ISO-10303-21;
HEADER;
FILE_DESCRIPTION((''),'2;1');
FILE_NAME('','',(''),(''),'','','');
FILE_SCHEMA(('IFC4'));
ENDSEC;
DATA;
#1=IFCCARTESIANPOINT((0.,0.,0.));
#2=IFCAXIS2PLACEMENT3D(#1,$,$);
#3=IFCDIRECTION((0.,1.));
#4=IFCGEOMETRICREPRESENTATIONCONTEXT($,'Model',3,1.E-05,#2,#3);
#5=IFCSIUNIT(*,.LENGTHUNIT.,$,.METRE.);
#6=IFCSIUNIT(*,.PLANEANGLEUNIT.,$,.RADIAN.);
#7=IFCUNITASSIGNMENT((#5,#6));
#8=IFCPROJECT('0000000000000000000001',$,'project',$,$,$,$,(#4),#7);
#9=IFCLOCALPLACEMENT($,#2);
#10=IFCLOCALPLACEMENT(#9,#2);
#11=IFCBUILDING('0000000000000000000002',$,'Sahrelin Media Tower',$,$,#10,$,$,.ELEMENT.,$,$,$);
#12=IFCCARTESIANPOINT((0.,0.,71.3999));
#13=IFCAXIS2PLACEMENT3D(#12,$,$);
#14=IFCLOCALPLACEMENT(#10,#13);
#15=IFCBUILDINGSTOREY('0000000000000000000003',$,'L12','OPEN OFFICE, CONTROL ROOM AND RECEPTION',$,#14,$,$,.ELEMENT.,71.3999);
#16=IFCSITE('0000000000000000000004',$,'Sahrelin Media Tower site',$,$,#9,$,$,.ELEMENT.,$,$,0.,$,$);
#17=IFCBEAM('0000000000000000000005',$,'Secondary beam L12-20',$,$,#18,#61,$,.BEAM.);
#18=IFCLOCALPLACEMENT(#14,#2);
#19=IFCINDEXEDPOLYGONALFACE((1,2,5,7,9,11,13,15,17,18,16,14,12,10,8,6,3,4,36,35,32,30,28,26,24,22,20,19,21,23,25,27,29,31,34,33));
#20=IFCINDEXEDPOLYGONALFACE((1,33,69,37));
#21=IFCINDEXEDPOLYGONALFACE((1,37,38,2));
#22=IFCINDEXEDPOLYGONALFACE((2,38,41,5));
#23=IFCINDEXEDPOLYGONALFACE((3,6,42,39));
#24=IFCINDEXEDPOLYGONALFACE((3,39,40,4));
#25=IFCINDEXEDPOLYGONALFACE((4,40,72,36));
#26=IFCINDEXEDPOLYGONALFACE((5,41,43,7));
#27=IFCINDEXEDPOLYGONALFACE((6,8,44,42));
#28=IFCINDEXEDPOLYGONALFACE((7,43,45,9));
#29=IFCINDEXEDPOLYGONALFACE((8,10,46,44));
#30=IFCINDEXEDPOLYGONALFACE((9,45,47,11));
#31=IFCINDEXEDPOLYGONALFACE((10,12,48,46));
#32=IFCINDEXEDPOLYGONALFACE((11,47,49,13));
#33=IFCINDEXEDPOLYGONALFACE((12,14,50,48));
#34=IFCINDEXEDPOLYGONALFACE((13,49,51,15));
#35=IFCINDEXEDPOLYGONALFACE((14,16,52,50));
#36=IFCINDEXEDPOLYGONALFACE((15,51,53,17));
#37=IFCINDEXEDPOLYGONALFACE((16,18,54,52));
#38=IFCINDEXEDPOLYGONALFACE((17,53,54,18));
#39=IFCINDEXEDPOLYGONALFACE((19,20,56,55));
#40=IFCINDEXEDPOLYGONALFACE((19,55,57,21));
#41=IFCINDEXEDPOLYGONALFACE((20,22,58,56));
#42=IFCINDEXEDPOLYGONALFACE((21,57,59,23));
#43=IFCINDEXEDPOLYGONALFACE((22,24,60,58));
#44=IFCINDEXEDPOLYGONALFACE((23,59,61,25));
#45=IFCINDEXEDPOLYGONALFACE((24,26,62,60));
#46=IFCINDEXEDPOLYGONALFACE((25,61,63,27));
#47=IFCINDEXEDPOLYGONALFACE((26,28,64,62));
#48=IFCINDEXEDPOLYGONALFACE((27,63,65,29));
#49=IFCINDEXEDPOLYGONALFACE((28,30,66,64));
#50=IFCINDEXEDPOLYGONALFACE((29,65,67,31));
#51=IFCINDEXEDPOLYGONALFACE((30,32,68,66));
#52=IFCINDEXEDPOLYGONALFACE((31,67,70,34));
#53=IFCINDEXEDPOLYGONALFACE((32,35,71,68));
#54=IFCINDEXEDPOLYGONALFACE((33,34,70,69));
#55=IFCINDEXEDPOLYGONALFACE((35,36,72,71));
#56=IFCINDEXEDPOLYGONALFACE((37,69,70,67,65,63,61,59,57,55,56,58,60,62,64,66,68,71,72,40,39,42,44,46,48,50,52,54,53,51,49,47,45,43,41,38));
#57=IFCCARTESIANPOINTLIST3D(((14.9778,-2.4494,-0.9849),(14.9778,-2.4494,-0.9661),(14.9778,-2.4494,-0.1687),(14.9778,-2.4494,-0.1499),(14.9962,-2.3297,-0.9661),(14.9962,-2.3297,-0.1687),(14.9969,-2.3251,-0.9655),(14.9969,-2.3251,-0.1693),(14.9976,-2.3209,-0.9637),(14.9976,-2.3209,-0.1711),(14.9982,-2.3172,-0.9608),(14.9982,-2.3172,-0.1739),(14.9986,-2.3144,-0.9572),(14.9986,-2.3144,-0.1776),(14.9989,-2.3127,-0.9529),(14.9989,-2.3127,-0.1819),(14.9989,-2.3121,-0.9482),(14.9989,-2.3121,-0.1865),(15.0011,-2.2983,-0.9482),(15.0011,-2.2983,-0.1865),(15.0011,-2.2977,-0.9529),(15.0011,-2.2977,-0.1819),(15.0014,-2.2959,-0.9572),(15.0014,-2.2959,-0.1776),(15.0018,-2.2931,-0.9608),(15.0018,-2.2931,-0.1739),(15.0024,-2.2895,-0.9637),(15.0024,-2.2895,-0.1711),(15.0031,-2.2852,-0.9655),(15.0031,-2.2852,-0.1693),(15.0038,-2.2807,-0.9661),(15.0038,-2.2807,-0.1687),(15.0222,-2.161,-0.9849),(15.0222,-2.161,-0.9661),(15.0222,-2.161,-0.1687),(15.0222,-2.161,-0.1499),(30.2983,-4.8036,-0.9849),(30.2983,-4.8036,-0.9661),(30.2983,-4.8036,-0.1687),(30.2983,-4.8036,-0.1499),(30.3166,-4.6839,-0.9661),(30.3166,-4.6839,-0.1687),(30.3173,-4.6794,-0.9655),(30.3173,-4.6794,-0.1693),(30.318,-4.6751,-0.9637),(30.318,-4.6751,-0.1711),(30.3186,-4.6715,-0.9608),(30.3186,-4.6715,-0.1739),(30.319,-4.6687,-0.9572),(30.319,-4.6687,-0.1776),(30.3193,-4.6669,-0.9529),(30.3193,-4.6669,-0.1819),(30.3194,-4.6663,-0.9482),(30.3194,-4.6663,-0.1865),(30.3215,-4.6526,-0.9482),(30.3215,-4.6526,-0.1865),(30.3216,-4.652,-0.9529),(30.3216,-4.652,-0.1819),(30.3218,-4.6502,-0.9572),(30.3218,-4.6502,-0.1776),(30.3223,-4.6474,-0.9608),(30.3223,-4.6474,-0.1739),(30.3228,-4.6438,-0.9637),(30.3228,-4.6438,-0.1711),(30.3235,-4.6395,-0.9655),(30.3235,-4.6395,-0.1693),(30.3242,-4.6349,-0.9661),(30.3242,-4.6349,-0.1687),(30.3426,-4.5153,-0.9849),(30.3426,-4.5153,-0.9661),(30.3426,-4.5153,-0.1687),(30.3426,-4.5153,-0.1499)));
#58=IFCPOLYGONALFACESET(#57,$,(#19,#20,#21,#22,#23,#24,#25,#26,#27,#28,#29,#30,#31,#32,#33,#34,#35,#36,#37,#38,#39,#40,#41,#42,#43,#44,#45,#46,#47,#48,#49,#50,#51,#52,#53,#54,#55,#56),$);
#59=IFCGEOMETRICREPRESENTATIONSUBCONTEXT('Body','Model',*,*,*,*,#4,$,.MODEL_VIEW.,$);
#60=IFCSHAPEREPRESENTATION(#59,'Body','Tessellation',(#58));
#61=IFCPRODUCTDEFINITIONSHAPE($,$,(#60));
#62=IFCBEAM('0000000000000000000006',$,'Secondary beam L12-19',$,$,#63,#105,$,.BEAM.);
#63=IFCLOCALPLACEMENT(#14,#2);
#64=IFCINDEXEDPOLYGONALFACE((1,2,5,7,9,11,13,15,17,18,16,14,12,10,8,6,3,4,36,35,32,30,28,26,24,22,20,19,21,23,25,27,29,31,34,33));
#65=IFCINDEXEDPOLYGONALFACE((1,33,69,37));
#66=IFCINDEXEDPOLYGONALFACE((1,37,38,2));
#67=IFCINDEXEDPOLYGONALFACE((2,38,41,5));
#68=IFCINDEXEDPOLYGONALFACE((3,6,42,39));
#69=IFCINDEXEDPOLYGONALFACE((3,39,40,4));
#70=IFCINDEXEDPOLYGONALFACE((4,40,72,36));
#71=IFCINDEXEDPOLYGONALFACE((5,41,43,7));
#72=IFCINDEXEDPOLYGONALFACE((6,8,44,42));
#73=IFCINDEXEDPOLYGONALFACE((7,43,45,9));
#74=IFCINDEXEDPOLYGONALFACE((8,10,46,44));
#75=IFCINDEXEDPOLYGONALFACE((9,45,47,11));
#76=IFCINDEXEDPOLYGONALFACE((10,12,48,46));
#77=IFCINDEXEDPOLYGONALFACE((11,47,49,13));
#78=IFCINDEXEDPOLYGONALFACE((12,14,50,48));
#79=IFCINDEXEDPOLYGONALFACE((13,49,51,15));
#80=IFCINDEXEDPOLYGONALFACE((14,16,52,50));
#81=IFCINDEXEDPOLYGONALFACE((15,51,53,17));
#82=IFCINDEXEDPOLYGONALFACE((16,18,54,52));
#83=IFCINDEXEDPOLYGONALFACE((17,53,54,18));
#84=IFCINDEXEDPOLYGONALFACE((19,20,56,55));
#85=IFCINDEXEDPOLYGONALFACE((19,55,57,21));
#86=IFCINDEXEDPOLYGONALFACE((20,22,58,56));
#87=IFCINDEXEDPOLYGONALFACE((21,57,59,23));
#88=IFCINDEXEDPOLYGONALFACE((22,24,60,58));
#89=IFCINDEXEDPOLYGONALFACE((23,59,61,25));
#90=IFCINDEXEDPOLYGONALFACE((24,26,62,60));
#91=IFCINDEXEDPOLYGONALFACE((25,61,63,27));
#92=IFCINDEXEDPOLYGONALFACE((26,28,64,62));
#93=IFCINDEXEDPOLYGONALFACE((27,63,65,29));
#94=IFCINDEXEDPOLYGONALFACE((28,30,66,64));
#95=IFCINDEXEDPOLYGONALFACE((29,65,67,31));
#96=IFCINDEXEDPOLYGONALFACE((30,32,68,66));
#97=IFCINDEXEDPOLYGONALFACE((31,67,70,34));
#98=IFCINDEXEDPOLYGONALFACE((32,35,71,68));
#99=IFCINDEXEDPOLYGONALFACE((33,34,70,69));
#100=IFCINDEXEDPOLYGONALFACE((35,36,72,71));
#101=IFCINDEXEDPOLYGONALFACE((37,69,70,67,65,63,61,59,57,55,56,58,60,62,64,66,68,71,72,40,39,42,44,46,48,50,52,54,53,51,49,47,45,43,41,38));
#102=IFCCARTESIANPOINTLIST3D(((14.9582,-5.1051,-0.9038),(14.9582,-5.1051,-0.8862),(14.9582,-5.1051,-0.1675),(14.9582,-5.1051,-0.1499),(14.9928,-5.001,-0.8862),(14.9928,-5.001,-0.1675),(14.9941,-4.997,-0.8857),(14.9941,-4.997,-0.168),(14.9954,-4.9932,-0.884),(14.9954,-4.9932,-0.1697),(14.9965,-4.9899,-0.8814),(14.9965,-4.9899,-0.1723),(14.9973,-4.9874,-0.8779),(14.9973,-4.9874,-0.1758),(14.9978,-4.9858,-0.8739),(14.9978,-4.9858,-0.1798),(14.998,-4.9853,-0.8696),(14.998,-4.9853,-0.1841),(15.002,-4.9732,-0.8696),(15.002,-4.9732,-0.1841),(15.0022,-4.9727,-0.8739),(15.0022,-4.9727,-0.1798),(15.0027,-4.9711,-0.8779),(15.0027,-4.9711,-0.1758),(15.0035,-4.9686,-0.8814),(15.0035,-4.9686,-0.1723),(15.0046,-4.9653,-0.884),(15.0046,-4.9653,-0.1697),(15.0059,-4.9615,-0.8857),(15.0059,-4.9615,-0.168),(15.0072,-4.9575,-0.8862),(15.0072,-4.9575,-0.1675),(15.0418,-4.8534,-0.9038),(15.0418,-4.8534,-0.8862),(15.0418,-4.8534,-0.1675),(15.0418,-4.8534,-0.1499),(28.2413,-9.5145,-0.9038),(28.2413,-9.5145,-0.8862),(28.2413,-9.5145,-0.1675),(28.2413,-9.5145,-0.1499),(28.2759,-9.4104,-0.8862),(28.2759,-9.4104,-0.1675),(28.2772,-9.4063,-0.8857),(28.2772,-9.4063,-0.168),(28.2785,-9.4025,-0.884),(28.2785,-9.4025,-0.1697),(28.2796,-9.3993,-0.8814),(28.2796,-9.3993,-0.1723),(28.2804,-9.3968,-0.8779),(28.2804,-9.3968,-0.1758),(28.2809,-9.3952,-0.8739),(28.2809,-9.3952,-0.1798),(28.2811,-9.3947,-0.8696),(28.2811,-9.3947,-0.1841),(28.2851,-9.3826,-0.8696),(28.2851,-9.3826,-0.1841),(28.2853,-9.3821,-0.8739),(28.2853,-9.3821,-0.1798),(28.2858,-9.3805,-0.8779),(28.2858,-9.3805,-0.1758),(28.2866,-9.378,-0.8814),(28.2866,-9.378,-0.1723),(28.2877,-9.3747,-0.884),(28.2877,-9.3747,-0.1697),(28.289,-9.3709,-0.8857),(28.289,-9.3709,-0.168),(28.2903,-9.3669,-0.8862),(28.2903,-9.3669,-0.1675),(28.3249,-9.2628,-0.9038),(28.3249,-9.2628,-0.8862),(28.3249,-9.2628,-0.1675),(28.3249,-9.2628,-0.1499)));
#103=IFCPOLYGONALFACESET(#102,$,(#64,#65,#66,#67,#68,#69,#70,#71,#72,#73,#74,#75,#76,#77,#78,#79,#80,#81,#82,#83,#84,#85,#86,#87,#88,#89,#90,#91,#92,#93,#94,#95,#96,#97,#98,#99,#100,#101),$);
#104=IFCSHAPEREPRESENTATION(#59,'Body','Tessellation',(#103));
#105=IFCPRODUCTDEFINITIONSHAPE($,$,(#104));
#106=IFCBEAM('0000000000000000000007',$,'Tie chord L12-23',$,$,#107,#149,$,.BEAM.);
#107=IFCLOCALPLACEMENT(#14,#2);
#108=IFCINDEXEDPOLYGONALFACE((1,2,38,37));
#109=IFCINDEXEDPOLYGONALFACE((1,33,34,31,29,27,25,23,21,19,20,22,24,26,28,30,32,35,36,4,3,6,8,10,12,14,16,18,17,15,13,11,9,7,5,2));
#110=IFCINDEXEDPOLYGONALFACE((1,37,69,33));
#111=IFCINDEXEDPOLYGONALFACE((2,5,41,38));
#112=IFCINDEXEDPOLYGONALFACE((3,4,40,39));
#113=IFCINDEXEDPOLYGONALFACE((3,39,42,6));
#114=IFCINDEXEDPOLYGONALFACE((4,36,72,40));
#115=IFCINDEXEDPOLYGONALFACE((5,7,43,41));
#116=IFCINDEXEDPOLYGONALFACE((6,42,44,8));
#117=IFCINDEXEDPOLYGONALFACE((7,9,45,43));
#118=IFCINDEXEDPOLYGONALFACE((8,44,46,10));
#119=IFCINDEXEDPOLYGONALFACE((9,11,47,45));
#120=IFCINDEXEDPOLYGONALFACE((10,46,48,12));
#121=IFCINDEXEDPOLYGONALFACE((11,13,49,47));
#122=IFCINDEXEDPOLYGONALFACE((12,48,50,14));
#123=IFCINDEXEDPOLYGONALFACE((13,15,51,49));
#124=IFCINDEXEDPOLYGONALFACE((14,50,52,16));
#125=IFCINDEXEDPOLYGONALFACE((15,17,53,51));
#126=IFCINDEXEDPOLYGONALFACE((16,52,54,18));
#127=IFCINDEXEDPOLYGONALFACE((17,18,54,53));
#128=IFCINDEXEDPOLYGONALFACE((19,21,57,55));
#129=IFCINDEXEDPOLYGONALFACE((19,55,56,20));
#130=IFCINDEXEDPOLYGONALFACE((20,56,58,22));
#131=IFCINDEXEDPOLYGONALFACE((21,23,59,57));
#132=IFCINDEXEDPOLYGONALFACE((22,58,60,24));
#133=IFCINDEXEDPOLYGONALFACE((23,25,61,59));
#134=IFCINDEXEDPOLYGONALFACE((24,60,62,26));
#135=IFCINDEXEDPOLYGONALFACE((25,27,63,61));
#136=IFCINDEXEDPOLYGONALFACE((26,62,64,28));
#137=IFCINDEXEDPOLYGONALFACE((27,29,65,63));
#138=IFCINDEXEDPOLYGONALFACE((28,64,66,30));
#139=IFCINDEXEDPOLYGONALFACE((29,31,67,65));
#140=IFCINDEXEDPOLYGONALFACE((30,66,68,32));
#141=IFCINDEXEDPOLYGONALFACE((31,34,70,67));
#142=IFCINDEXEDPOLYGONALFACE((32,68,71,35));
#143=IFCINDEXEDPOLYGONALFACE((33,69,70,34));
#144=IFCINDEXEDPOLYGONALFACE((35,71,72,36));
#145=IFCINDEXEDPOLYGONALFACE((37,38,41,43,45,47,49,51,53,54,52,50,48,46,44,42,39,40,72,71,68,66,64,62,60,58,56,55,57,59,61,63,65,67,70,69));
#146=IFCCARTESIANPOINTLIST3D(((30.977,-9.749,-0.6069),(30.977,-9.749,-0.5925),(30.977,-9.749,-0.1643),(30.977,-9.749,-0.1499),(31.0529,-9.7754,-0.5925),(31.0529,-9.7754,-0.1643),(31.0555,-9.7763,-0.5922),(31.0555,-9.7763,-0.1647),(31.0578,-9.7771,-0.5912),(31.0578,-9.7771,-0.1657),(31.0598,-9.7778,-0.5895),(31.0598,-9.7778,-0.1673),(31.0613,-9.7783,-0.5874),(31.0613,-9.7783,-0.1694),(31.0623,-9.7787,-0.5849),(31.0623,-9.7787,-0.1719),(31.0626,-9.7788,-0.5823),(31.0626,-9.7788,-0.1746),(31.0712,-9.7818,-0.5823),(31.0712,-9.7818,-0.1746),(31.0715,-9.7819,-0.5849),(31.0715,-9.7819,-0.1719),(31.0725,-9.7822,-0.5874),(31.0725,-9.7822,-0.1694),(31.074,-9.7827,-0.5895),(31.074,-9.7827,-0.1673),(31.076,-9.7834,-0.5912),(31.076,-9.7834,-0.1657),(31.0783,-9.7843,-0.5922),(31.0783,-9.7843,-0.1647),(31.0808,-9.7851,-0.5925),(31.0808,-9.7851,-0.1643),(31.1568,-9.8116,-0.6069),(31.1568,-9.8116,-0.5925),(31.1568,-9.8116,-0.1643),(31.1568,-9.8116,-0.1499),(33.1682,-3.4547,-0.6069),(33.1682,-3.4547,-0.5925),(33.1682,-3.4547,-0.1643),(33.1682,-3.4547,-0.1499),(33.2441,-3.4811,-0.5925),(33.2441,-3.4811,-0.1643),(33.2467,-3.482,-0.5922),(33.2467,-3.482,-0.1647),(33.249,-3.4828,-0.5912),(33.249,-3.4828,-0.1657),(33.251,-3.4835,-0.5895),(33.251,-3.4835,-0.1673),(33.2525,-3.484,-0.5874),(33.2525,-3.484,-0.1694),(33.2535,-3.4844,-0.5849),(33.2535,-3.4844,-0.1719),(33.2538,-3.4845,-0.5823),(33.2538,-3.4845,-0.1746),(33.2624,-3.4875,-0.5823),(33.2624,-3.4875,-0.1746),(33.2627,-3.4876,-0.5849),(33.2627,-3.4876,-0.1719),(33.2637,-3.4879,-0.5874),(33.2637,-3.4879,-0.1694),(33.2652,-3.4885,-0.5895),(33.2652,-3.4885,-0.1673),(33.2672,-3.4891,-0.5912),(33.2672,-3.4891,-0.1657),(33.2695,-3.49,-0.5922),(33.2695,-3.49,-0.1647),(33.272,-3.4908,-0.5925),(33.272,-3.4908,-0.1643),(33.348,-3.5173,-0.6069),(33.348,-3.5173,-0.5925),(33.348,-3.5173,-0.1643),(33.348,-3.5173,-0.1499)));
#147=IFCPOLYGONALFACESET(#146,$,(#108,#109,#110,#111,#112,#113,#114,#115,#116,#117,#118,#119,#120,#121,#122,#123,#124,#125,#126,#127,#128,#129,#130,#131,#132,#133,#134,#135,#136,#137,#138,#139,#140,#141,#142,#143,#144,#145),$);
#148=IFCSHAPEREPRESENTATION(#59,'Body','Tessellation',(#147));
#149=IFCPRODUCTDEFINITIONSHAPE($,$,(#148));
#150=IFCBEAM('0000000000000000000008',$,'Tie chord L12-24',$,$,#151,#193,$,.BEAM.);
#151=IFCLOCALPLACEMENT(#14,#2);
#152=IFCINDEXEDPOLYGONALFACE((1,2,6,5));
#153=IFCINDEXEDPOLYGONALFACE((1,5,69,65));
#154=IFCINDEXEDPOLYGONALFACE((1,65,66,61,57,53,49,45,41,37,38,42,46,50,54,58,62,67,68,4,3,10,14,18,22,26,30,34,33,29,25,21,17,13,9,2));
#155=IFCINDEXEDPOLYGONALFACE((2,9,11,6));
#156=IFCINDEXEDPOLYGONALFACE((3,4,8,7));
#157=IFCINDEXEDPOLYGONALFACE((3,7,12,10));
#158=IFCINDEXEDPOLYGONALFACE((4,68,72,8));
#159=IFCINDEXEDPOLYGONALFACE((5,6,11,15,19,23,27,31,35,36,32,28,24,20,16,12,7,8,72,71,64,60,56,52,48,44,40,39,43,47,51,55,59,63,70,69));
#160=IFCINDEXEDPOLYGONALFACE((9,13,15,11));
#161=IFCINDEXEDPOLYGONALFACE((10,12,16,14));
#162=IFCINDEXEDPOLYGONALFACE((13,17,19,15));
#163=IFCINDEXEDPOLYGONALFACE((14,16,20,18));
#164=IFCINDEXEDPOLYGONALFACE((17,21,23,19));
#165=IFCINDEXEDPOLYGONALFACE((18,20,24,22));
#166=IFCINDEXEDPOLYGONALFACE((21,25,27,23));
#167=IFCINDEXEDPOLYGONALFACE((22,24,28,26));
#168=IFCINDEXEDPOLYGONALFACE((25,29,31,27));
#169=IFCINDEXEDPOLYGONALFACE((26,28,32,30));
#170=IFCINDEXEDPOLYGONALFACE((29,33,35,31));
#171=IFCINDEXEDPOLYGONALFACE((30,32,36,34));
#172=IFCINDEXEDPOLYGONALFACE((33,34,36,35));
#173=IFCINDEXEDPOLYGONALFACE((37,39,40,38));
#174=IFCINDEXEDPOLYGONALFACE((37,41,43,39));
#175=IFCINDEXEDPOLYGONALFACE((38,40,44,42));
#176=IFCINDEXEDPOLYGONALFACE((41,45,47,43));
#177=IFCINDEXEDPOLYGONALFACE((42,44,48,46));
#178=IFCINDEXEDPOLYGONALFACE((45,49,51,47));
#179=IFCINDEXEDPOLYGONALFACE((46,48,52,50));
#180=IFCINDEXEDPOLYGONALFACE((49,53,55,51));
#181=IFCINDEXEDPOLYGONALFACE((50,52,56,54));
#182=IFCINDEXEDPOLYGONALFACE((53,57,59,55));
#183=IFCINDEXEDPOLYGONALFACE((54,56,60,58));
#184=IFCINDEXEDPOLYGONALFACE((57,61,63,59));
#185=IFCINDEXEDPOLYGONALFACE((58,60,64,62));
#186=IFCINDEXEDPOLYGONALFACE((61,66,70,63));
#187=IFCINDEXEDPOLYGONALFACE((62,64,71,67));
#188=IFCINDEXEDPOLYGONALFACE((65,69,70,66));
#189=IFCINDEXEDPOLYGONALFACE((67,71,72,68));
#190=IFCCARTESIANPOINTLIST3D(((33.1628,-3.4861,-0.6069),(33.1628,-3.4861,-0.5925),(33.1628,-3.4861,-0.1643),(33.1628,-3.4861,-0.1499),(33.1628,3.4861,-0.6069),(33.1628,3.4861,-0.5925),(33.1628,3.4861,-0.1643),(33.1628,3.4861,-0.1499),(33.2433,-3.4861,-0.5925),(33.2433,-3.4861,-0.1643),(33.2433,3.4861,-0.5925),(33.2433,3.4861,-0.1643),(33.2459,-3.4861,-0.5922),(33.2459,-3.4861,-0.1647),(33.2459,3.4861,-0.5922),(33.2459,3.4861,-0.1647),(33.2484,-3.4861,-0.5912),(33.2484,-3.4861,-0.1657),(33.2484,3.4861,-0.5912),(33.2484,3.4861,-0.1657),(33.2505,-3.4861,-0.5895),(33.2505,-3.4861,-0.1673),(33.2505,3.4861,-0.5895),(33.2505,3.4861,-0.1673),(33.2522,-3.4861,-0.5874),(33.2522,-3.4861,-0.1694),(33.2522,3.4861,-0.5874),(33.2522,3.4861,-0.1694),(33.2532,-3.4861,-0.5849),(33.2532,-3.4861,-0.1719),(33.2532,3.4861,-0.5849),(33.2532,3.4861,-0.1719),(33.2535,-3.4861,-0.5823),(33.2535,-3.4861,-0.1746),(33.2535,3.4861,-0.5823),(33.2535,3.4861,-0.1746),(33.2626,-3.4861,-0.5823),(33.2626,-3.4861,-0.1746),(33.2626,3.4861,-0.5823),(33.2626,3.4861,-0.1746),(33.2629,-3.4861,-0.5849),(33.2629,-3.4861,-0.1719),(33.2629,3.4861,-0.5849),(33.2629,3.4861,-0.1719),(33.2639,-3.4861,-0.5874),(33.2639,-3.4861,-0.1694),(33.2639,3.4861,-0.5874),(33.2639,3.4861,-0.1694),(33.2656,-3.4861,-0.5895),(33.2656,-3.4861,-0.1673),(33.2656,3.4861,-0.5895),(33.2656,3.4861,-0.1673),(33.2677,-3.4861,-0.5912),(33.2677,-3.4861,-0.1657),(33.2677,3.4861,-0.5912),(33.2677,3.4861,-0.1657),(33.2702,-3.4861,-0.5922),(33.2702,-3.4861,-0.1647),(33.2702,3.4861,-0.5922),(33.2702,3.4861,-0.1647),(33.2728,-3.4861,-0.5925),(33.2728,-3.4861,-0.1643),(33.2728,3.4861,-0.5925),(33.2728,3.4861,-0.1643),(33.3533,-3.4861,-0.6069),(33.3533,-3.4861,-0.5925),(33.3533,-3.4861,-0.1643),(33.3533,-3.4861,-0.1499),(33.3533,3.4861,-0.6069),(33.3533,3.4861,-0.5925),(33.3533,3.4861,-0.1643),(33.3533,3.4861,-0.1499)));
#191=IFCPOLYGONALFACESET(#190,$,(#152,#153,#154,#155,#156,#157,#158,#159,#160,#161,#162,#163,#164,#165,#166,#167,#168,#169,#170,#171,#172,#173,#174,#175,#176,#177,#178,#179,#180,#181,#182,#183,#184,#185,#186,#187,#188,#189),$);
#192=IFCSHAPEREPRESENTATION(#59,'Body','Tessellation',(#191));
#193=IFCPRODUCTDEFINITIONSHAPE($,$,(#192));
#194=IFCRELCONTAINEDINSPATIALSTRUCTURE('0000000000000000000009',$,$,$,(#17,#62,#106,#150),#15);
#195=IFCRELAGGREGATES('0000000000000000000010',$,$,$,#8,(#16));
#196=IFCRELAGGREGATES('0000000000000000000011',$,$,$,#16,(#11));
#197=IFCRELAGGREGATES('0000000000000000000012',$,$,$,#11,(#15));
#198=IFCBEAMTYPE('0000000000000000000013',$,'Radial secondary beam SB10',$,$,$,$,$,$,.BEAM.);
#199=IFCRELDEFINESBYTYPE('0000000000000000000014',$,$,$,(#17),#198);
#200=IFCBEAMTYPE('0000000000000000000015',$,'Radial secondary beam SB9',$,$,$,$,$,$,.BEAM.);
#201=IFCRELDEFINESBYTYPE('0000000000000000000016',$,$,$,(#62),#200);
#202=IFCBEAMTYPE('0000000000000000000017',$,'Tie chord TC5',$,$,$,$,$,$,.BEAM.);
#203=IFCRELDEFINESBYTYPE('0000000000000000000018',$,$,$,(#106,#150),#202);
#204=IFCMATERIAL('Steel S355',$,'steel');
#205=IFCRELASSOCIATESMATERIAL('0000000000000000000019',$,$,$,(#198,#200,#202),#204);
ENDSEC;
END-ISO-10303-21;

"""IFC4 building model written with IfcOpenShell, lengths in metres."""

from ifc_helpers import new_model, si_unit, direction, frame, origin, origin_2d, place, context, subcontext, project, spatial, i_section, extrude, material, material_profile, profile_set, type_object, element, save


model = new_model("IFC4")

# Units and contexts
model_context = context("Model", 3, precision=1e-05, world=origin(), true_north=direction((0.0, 1.0)))
body_context = subcontext(model_context, "Body", "Model", "MODEL_VIEW")
ifc_project = project(units=[si_unit("LENGTHUNIT", "METRE"), si_unit("PLANEANGLEUNIT", "RADIAN")], contexts=[model_context])

# Site, building, storey
site_placement = place(None, origin())
site = spatial("IfcSite", under=ifc_project, at=site_placement, Name="Sahrelin Media Tower site", CompositionType="ELEMENT", RefElevation=0.0)
building_placement = place(site_placement, origin())
building = spatial("IfcBuilding", under=site, at=building_placement, Name="Sahrelin Media Tower", CompositionType="ELEMENT")
storey_placement = place(building_placement, frame((0.0, 0.0, 71.3999)))
storey = spatial("IfcBuildingStorey", under=building, at=storey_placement, Name="L12", Description="OPEN OFFICE, CONTROL ROOM AND RECEPTION", CompositionType="ELEMENT", Elevation=71.3999)

# Shared definitions
ifc_material_1 = material(Name="Steel S355", Category="steel")

# Beams
ifc_material_profile_1 = material_profile(ifc_material_1, i_section(OverallWidth=0.2917, OverallDepth=0.835, WebThickness=0.0139, FlangeThickness=0.0188, FilletRadius=0.0178, at=origin_2d()), Name="UB 838x292x176")
ifc_profile_set_1 = profile_set([ifc_material_profile_1], Name="Steel S355")
beam_type_1 = type_object("IfcBeamType", Name="Radial secondary beam SB10", PredefinedType="BEAM", material=ifc_profile_set_1)
beam_1_placement = place(storey_placement, frame((15.0, -2.3052, -0.5674), z_axis=(0.988398, -0.151886, 0.0), x_axis=(0.151886, 0.988398, 0.0)))
element("IfcBeam", 1, at=beam_1_placement, inside=storey, type_object=beam_type_1, Name="Secondary beam L12-20", PredefinedType="BEAM", context=body_context, shape_type="SweptSolid", body=[
    extrude(i_section(OverallWidth=0.2917, OverallDepth=0.835, WebThickness=0.0139, FlangeThickness=0.0188, FilletRadius=0.0178, at=origin_2d()), origin(), (0.0, 0.0, 1.0), 15.5002),
])
ifc_material_profile_2 = material_profile(ifc_material_1, i_section(OverallWidth=0.2651, OverallDepth=0.7539, WebThickness=0.0127, FlangeThickness=0.0176, FilletRadius=0.0166, at=origin_2d()), Name="UB 762x267x147")
ifc_profile_set_2 = profile_set([ifc_material_profile_2], Name="Steel S355")
beam_type_2 = type_object("IfcBeamType", Name="Radial secondary beam SB9", PredefinedType="BEAM", material=ifc_profile_set_2)
beam_2_placement = place(storey_placement, frame((15.0, -4.9792, -0.5269), z_axis=(0.949075, -0.31505, 0.0), x_axis=(0.31505, 0.949075, 0.0)))
element("IfcBeam", 2, at=beam_2_placement, inside=storey, type_object=beam_type_2, Name="Secondary beam L12-19", PredefinedType="BEAM", context=body_context, shape_type="SweptSolid", body=[
    extrude(i_section(OverallWidth=0.2651, OverallDepth=0.7539, WebThickness=0.0127, FlangeThickness=0.0176, FilletRadius=0.0166, at=origin_2d()), origin(), (0.0, 0.0, 1.0), 13.9958),
])
ifc_material_profile_3 = material_profile(ifc_material_1, i_section(OverallWidth=0.1904, OverallDepth=0.457, WebThickness=0.009, FlangeThickness=0.0144, FilletRadius=0.0103, at=origin_2d()), Name="UB 457x191x74")
ifc_profile_set_3 = profile_set([ifc_material_profile_3], Name="Steel S355")
beam_type_3 = type_object("IfcBeamType", Name="Tie chord TC5", PredefinedType="BEAM", material=ifc_profile_set_3)
beam_3_placement = place(storey_placement, frame((31.0669, -9.7803, -0.3784), z_axis=(0.328772, 0.944409, 0.0), x_axis=(-0.944409, 0.328772, 0.0)))
element("IfcBeam", 3, at=beam_3_placement, inside=storey, type_object=beam_type_3, Name="Tie chord L12-23", PredefinedType="BEAM", context=body_context, shape_type="SweptSolid", body=[
    extrude(i_section(OverallWidth=0.1904, OverallDepth=0.457, WebThickness=0.009, FlangeThickness=0.0144, FilletRadius=0.0103, at=origin_2d()), origin(), (0.0, 0.0, 1.0), 6.6648),
])
beam_4_placement = place(storey_placement, frame((33.2581, -3.4861, -0.3784), z_axis=(0.0, 1.0, 0.0), x_axis=(-1.0, 0.0, 0.0)))
element("IfcBeam", 4, at=beam_4_placement, inside=storey, type_object=beam_type_3, Name="Tie chord L12-24", PredefinedType="BEAM", context=body_context, shape_type="SweptSolid", body=[
    extrude(i_section(OverallWidth=0.1904, OverallDepth=0.457, WebThickness=0.009, FlangeThickness=0.0144, FilletRadius=0.0103, at=origin_2d()), origin(), (0.0, 0.0, 1.0), 6.9722),
])

save(model, "model.ifc")
